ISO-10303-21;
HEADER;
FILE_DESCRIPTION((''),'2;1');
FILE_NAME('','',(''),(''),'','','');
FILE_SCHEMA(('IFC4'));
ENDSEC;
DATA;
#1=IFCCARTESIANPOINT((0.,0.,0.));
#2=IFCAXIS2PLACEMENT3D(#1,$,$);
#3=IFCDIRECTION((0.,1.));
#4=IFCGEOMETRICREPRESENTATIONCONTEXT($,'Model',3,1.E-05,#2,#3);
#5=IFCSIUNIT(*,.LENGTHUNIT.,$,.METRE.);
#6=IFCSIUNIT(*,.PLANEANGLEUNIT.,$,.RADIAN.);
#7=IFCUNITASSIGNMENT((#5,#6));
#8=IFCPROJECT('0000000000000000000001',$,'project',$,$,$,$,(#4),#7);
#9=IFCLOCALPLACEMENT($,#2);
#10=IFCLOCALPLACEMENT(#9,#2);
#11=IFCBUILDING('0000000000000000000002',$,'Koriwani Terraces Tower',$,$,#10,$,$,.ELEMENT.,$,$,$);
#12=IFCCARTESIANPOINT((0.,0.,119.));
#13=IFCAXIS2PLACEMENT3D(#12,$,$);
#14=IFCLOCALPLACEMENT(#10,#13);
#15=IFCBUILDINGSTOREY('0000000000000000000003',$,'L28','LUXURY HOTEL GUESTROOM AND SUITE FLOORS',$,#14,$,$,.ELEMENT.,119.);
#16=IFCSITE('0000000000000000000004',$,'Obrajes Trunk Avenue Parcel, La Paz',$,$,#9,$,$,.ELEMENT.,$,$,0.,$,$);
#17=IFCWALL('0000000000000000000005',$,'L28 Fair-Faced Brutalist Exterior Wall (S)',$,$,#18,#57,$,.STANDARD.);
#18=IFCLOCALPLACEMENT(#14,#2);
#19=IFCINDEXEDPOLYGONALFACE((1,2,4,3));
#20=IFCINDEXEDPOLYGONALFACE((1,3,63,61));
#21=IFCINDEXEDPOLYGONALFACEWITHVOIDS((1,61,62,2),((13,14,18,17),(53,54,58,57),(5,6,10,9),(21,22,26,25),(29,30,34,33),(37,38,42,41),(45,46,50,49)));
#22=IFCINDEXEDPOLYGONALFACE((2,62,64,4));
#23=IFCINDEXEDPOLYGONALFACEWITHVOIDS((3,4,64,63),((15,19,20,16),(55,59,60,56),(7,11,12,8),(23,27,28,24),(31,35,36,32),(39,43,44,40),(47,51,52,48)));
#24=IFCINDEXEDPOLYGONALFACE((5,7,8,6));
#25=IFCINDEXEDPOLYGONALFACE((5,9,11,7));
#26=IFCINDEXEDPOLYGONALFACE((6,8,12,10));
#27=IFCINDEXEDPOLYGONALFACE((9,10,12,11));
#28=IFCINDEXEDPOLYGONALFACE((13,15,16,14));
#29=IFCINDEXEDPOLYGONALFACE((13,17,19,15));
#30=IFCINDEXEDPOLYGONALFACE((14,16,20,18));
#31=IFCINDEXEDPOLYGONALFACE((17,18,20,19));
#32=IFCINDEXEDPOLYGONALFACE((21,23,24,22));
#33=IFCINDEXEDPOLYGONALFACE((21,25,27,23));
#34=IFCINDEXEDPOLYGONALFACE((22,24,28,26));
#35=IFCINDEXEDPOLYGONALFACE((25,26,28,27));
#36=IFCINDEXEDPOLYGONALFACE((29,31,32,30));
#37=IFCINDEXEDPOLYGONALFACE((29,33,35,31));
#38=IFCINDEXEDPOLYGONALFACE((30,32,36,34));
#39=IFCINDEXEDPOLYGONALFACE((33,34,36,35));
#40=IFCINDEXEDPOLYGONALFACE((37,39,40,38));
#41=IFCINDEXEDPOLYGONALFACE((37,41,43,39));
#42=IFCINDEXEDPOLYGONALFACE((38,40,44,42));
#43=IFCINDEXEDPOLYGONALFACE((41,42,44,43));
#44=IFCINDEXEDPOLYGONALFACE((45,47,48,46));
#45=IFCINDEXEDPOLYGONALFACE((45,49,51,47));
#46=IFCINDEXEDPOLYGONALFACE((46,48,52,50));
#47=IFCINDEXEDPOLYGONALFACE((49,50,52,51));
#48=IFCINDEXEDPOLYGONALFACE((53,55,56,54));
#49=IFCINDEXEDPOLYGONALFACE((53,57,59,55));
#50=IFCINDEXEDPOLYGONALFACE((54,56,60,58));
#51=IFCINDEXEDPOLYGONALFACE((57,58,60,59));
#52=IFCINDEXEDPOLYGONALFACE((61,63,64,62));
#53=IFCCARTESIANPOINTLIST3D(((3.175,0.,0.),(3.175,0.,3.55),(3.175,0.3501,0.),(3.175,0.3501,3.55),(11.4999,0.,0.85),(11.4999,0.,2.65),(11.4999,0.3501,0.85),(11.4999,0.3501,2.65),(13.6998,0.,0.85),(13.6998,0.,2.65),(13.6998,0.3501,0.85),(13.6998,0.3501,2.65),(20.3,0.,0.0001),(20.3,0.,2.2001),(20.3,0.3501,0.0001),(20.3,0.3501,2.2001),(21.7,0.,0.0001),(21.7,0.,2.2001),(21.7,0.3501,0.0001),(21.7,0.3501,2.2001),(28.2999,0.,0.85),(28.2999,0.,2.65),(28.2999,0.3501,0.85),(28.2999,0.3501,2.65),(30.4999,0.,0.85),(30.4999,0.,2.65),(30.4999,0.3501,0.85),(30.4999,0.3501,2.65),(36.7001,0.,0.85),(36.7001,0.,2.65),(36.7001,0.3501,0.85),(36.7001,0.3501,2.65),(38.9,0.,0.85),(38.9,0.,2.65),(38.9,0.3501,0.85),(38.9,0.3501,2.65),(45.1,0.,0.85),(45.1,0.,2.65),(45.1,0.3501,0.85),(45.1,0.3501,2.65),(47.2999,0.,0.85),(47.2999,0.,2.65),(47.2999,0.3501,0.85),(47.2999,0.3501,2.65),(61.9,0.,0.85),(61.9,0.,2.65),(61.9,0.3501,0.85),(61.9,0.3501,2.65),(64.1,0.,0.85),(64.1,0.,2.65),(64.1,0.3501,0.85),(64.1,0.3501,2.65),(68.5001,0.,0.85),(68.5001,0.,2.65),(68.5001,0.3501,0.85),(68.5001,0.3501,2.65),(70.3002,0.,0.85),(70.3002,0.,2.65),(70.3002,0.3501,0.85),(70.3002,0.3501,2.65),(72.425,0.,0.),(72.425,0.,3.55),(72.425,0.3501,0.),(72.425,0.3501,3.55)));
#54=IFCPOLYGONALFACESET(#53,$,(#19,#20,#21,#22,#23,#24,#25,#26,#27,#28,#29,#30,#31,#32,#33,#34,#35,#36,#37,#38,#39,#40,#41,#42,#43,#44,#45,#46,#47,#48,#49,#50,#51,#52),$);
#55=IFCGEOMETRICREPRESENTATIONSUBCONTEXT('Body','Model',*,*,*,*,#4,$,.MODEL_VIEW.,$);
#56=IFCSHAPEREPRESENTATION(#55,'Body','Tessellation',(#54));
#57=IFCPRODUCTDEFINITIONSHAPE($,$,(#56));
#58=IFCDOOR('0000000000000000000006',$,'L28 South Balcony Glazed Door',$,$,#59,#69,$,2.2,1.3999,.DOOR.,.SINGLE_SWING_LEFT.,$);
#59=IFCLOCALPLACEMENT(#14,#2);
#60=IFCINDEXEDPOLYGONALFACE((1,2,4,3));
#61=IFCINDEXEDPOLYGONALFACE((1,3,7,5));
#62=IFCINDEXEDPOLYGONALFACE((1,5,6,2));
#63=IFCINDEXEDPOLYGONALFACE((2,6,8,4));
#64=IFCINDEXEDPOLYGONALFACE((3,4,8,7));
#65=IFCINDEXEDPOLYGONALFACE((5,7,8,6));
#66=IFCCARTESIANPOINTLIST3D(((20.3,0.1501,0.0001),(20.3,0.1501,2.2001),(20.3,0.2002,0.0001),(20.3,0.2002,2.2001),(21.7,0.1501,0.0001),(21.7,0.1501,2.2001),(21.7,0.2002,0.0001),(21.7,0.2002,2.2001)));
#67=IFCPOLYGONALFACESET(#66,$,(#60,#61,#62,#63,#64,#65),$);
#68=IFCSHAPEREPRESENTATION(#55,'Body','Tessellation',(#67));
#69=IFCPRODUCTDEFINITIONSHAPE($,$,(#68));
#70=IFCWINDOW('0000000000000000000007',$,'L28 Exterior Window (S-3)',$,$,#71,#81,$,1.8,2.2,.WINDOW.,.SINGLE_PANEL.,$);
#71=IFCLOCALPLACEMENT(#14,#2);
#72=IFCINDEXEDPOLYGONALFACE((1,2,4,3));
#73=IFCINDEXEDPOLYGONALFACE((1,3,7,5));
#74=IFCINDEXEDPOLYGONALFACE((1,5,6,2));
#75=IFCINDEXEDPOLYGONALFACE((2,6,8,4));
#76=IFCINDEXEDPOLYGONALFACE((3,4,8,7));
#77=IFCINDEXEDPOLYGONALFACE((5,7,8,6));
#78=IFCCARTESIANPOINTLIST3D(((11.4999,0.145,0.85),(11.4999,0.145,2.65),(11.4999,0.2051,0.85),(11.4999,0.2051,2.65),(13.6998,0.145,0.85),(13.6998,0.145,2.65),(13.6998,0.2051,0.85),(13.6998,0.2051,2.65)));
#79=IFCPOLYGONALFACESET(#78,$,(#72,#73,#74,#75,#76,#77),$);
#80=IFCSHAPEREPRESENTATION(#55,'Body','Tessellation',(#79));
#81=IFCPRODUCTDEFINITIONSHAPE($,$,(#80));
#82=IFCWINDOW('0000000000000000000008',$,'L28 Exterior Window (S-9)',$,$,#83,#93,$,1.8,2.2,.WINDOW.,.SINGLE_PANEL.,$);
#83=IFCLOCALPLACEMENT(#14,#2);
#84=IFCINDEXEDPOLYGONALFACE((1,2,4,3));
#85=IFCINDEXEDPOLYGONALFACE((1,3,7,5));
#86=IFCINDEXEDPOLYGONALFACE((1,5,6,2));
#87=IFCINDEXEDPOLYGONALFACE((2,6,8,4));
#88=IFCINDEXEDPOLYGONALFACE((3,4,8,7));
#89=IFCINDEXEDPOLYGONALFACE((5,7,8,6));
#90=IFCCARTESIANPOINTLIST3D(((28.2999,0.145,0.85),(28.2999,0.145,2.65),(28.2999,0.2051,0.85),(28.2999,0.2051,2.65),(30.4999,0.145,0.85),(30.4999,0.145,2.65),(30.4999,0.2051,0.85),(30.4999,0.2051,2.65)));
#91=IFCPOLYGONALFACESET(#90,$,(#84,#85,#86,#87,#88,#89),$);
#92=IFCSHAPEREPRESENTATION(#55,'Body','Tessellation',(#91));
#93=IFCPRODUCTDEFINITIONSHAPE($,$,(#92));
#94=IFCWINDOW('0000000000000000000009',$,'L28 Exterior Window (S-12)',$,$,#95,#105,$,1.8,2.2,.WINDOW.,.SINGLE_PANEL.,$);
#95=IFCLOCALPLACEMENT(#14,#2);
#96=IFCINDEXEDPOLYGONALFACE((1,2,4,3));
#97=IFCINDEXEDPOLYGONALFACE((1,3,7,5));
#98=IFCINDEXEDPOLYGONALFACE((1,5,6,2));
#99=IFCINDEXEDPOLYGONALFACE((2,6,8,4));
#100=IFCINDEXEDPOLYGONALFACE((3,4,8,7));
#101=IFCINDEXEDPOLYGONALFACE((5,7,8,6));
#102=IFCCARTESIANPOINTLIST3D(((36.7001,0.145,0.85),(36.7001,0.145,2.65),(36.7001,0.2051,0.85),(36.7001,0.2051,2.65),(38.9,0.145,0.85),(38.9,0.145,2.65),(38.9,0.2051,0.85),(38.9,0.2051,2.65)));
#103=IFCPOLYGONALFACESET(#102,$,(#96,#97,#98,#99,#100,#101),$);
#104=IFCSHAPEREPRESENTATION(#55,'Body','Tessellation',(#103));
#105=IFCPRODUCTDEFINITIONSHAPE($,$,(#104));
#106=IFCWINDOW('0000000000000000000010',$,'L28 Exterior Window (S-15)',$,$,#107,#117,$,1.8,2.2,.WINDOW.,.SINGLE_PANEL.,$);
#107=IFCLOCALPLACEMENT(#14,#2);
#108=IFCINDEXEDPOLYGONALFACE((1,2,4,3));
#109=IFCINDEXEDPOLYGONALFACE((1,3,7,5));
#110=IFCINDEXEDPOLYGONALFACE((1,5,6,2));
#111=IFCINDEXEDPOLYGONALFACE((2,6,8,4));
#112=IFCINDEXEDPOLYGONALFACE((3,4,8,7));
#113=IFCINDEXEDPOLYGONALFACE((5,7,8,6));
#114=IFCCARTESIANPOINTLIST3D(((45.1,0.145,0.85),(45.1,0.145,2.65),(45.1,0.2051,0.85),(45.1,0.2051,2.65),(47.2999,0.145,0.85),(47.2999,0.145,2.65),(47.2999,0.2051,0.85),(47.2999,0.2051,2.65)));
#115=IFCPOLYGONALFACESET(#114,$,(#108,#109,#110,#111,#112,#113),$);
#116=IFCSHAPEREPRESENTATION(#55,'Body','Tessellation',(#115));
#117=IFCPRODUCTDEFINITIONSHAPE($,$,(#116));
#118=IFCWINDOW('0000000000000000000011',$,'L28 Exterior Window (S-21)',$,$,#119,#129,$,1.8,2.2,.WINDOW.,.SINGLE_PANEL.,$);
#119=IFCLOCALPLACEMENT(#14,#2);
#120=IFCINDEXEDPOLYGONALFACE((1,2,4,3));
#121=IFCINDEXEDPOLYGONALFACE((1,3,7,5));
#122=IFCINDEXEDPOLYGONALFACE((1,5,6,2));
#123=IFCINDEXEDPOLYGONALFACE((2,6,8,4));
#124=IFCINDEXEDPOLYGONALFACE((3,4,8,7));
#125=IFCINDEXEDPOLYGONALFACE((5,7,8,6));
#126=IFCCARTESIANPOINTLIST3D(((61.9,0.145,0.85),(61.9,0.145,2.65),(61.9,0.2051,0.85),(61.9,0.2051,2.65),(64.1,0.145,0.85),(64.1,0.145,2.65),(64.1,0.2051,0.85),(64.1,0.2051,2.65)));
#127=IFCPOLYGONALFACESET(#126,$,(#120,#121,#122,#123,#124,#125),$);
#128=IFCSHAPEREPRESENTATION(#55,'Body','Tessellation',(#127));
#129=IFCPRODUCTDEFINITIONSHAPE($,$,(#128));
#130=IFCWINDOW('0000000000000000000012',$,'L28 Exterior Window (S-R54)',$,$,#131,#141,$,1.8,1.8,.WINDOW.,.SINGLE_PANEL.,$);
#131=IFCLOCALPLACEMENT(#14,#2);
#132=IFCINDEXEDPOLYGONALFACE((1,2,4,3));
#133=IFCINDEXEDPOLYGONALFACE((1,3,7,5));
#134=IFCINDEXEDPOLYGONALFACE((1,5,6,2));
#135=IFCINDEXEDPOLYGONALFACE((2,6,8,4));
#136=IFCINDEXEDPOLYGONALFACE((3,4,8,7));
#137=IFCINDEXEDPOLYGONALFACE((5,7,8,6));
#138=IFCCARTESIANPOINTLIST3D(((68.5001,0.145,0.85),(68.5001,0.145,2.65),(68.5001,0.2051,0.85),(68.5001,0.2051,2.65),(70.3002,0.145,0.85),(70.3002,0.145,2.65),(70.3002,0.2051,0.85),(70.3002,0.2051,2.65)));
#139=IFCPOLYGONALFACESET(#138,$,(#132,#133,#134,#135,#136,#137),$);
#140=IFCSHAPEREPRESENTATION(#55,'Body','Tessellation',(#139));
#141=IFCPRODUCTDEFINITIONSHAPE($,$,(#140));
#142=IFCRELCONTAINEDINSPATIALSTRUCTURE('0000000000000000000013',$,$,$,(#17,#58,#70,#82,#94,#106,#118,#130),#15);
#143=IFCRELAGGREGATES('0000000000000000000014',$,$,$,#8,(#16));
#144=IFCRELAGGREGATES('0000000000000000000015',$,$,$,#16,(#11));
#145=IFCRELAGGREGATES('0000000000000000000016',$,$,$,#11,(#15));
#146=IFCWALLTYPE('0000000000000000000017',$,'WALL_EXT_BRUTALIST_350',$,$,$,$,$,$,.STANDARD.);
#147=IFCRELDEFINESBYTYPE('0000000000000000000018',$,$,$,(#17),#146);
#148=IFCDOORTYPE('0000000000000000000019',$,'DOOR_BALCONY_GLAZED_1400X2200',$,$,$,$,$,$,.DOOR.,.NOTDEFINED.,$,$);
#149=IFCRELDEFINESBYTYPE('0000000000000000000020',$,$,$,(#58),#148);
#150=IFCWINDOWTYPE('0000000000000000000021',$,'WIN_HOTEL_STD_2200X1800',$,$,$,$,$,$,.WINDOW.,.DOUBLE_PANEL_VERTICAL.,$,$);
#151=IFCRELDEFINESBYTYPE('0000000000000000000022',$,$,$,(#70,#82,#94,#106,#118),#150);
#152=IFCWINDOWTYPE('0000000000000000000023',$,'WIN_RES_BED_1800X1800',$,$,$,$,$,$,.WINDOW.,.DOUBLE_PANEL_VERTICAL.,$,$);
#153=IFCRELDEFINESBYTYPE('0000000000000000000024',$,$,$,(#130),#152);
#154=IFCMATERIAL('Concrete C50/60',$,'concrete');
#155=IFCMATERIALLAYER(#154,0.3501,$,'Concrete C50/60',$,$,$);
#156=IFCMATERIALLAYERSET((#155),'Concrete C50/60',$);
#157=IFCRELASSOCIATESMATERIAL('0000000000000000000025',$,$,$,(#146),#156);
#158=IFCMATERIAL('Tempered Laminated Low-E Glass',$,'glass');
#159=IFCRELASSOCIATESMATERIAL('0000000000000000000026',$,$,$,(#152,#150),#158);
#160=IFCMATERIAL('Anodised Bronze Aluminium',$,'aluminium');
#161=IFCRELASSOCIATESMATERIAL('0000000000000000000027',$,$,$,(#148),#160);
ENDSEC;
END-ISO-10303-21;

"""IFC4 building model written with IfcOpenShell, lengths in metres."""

from ifc_helpers import new_model, si_unit, direction, frame, frame_2d, origin, place, context, subcontext, project, spatial, rectangle, extrude, material, layer, layer_set, type_object, element, fill, save


model = new_model("IFC4")

# Units and contexts
model_context = context("Model", 3, precision=1e-05, world=origin(), true_north=direction((0.0, 1.0)))
body_context = subcontext(model_context, "Body", "Model", "MODEL_VIEW")
ifc_project = project(units=[si_unit("LENGTHUNIT", "METRE"), si_unit("PLANEANGLEUNIT", "RADIAN")], contexts=[model_context])

# Site, building, storey
site_placement = place(None, origin())
site = spatial("IfcSite", under=ifc_project, at=site_placement, Name="Obrajes Trunk Avenue Parcel, La Paz", CompositionType="ELEMENT", RefElevation=0.0)
building_placement = place(site_placement, origin())
building = spatial("IfcBuilding", under=site, at=building_placement, Name="Koriwani Terraces Tower", CompositionType="ELEMENT")
storey_placement = place(building_placement, frame((0.0, 0.0, 119.0)))
storey = spatial("IfcBuildingStorey", under=building, at=storey_placement, Name="L28", Description="LUXURY HOTEL GUESTROOM AND SUITE FLOORS", CompositionType="ELEMENT", Elevation=119.0)

# Shared definitions
ifc_material_1 = material(Name="Concrete C50/60", Category="concrete")

# Shared definitions
ifc_material_2 = material(Name="Anodised Bronze Aluminium", Category="aluminium")
ifc_material_3 = material(Name="Tempered Laminated Low-E Glass", Category="glass")

# Shared definitions
ifc_layer_1 = layer(ifc_material_1, 0.3501, Name="Concrete C50/60")
ifc_layer_set_1 = layer_set([ifc_layer_1], Name="Concrete C50/60")
wall_type_1 = type_object("IfcWallType", Name="WALL_EXT_BRUTALIST_350", PredefinedType="STANDARD", material=ifc_layer_set_1)

# Shared definitions
window_type_1 = type_object("IfcWindowType", Name="WIN_RES_BED_1800X1800", PartitioningType="DOUBLE_PANEL_VERTICAL", PredefinedType="WINDOW", material=ifc_material_3)

# Wall, openings, door, windows
wall_1_placement = place(storey_placement, frame((72.425, 0.175, 0.0), z_axis=(0.0, 0.0, 1.0), x_axis=(-1.0, 0.0, 0.0)))
wall_1 = element("IfcWall", 1, at=wall_1_placement, inside=storey, type_object=wall_type_1, Name="L28 Fair-Faced Brutalist Exterior Wall (S)", PredefinedType="STANDARD", context=body_context, shape_type="SweptSolid", body=[
    extrude(rectangle(XDim=69.25, YDim=0.3501, at=frame_2d((34.625, 0.0))), origin(), (0.0, 0.0, 1.0), 3.55),
])
opening_1_placement = place(wall_1_placement, frame((50.7251, 0.0, 0.0)))
opening_1 = element("IfcOpeningElement", 2, at=opening_1_placement, cuts=wall_1, PredefinedType="OPENING", context=body_context, shape_type="SweptSolid", body=[
    extrude(rectangle(XDim=1.3999, YDim=2.2, at=frame_2d((0.7, 1.1001))), frame((0.0, 0.1851, 0.0), z_axis=(0.0, -1.0, 0.0), x_axis=(1.0, 0.0, 0.0)), (0.0, 0.0, 1.0), 0.3701),
])
opening_2_placement = place(wall_1_placement, frame((58.7251, 0.0, 0.8501)))
opening_2 = element("IfcOpeningElement", 3, at=opening_2_placement, cuts=wall_1, PredefinedType="OPENING", context=body_context, shape_type="SweptSolid", body=[
    extrude(rectangle(XDim=2.2, YDim=1.8, at=frame_2d((1.1001, 0.8999))), frame((0.0, 0.1851, 0.0), z_axis=(0.0, -1.0, 0.0), x_axis=(1.0, 0.0, 0.0)), (0.0, 0.0, 1.0), 0.3701),
])
opening_3_placement = place(wall_1_placement, frame((41.925, 0.0, 0.8501)))
opening_3 = element("IfcOpeningElement", 4, at=opening_3_placement, cuts=wall_1, PredefinedType="OPENING", context=body_context, shape_type="SweptSolid", body=[
    extrude(rectangle(XDim=2.2, YDim=1.8, at=frame_2d((1.1001, 0.8999))), frame((0.0, 0.1851, 0.0), z_axis=(0.0, -1.0, 0.0), x_axis=(1.0, 0.0, 0.0)), (0.0, 0.0, 1.0), 0.3701),
])
opening_4_placement = place(wall_1_placement, frame((33.5249, 0.0, 0.8501)))
opening_4 = element("IfcOpeningElement", 5, at=opening_4_placement, cuts=wall_1, PredefinedType="OPENING", context=body_context, shape_type="SweptSolid", body=[
    extrude(rectangle(XDim=2.2, YDim=1.8, at=frame_2d((1.1001, 0.8999))), frame((0.0, 0.1851, 0.0), z_axis=(0.0, -1.0, 0.0), x_axis=(1.0, 0.0, 0.0)), (0.0, 0.0, 1.0), 0.3701),
])
opening_5_placement = place(wall_1_placement, frame((25.125, 0.0, 0.8501)))
opening_5 = element("IfcOpeningElement", 6, at=opening_5_placement, cuts=wall_1, PredefinedType="OPENING", context=body_context, shape_type="SweptSolid", body=[
    extrude(rectangle(XDim=2.2, YDim=1.8, at=frame_2d((1.1001, 0.8999))), frame((0.0, 0.1851, 0.0), z_axis=(0.0, -1.0, 0.0), x_axis=(1.0, 0.0, 0.0)), (0.0, 0.0, 1.0), 0.3701),
])
opening_6_placement = place(wall_1_placement, frame((8.325, 0.0, 0.8501)))
opening_6 = element("IfcOpeningElement", 7, at=opening_6_placement, cuts=wall_1, PredefinedType="OPENING", context=body_context, shape_type="SweptSolid", body=[
    extrude(rectangle(XDim=2.2, YDim=1.8, at=frame_2d((1.1001, 0.8999))), frame((0.0, 0.1851, 0.0), z_axis=(0.0, -1.0, 0.0), x_axis=(1.0, 0.0, 0.0)), (0.0, 0.0, 1.0), 0.3701),
])
opening_7_placement = place(wall_1_placement, frame((2.125, 0.0, 0.8501)))
opening_7 = element("IfcOpeningElement", 8, at=opening_7_placement, cuts=wall_1, PredefinedType="OPENING", context=body_context, shape_type="SweptSolid", body=[
    extrude(rectangle(XDim=1.8, YDim=1.8, at=frame_2d((0.8999, 0.8999))), frame((0.0, 0.1851, 0.0), z_axis=(0.0, -1.0, 0.0), x_axis=(1.0, 0.0, 0.0)), (0.0, 0.0, 1.0), 0.3701),
])
door_type = type_object("IfcDoorType", Name="DOOR_BALCONY_GLAZED_1400X2200", OperationType="NOTDEFINED", PredefinedType="DOOR", material=ifc_material_2)
door_placement = place(opening_1_placement, origin())
door = element("IfcDoor", 9, at=door_placement, inside=storey, type_object=door_type, Name="L28 South Balcony Glazed Door", OperationType="SINGLE_SWING_LEFT", OverallHeight=2.2, OverallWidth=1.3999, PredefinedType="DOOR", context=body_context, shape_type="SweptSolid", body=[
    extrude(rectangle(XDim=1.3999, YDim=2.2, at=frame_2d((0.7, 1.1001))), frame((0.0, 0.0249, 0.0), z_axis=(0.0, -1.0, 0.0), x_axis=(1.0, 0.0, 0.0)), (0.0, 0.0, 1.0), 0.05),
])
fill(opening_1, door)
window_type_2 = type_object("IfcWindowType", Name="WIN_HOTEL_STD_2200X1800", PartitioningType="DOUBLE_PANEL_VERTICAL", PredefinedType="WINDOW", material=ifc_material_3)
window_1_placement = place(opening_2_placement, origin())
window_1 = element("IfcWindow", 10, at=window_1_placement, inside=storey, type_object=window_type_2, Name="L28 Exterior Window (S-3)", OverallHeight=1.8, OverallWidth=2.2, PartitioningType="SINGLE_PANEL", PredefinedType="WINDOW", context=body_context, shape_type="SweptSolid", body=[
    extrude(rectangle(XDim=2.2, YDim=1.8, at=frame_2d((1.1001, 0.8999))), frame((0.0, 0.03, 0.0), z_axis=(0.0, -1.0, 0.0), x_axis=(1.0, 0.0, 0.0)), (0.0, 0.0, 1.0), 0.0601),
])
fill(opening_2, window_1)
window_2_placement = place(opening_3_placement, origin())
window_2 = element("IfcWindow", 11, at=window_2_placement, inside=storey, type_object=window_type_2, Name="L28 Exterior Window (S-9)", OverallHeight=1.8, OverallWidth=2.2, PartitioningType="SINGLE_PANEL", PredefinedType="WINDOW", context=body_context, shape_type="SweptSolid", body=[
    extrude(rectangle(XDim=2.2, YDim=1.8, at=frame_2d((1.1001, 0.8999))), frame((0.0, 0.03, 0.0), z_axis=(0.0, -1.0, 0.0), x_axis=(1.0, 0.0, 0.0)), (0.0, 0.0, 1.0), 0.0601),
])
fill(opening_3, window_2)
window_3_placement = place(opening_4_placement, origin())
window_3 = element("IfcWindow", 12, at=window_3_placement, inside=storey, type_object=window_type_2, Name="L28 Exterior Window (S-12)", OverallHeight=1.8, OverallWidth=2.2, PartitioningType="SINGLE_PANEL", PredefinedType="WINDOW", context=body_context, shape_type="SweptSolid", body=[
    extrude(rectangle(XDim=2.2, YDim=1.8, at=frame_2d((1.1001, 0.8999))), frame((0.0, 0.03, 0.0), z_axis=(0.0, -1.0, 0.0), x_axis=(1.0, 0.0, 0.0)), (0.0, 0.0, 1.0), 0.0601),
])
fill(opening_4, window_3)
window_4_placement = place(opening_5_placement, origin())
window_4 = element("IfcWindow", 13, at=window_4_placement, inside=storey, type_object=window_type_2, Name="L28 Exterior Window (S-15)", OverallHeight=1.8, OverallWidth=2.2, PartitioningType="SINGLE_PANEL", PredefinedType="WINDOW", context=body_context, shape_type="SweptSolid", body=[
    extrude(rectangle(XDim=2.2, YDim=1.8, at=frame_2d((1.1001, 0.8999))), frame((0.0, 0.03, 0.0), z_axis=(0.0, -1.0, 0.0), x_axis=(1.0, 0.0, 0.0)), (0.0, 0.0, 1.0), 0.0601),
])
fill(opening_5, window_4)
window_5_placement = place(opening_6_placement, origin())
window_5 = element("IfcWindow", 14, at=window_5_placement, inside=storey, type_object=window_type_2, Name="L28 Exterior Window (S-21)", OverallHeight=1.8, OverallWidth=2.2, PartitioningType="SINGLE_PANEL", PredefinedType="WINDOW", context=body_context, shape_type="SweptSolid", body=[
    extrude(rectangle(XDim=2.2, YDim=1.8, at=frame_2d((1.1001, 0.8999))), frame((0.0, 0.03, 0.0), z_axis=(0.0, -1.0, 0.0), x_axis=(1.0, 0.0, 0.0)), (0.0, 0.0, 1.0), 0.0601),
])
fill(opening_6, window_5)
window_6_placement = place(opening_7_placement, origin())
window_6 = element("IfcWindow", 15, at=window_6_placement, inside=storey, type_object=window_type_1, Name="L28 Exterior Window (S-R54)", OverallHeight=1.8, OverallWidth=1.8, PartitioningType="SINGLE_PANEL", PredefinedType="WINDOW", context=body_context, shape_type="SweptSolid", body=[
    extrude(rectangle(XDim=1.8, YDim=1.8, at=frame_2d((0.8999, 0.8999))), frame((0.0, 0.03, 0.0), z_axis=(0.0, -1.0, 0.0), x_axis=(1.0, 0.0, 0.0)), (0.0, 0.0, 1.0), 0.0601),
])
fill(opening_7, window_6)

save(model, "model.ifc")
